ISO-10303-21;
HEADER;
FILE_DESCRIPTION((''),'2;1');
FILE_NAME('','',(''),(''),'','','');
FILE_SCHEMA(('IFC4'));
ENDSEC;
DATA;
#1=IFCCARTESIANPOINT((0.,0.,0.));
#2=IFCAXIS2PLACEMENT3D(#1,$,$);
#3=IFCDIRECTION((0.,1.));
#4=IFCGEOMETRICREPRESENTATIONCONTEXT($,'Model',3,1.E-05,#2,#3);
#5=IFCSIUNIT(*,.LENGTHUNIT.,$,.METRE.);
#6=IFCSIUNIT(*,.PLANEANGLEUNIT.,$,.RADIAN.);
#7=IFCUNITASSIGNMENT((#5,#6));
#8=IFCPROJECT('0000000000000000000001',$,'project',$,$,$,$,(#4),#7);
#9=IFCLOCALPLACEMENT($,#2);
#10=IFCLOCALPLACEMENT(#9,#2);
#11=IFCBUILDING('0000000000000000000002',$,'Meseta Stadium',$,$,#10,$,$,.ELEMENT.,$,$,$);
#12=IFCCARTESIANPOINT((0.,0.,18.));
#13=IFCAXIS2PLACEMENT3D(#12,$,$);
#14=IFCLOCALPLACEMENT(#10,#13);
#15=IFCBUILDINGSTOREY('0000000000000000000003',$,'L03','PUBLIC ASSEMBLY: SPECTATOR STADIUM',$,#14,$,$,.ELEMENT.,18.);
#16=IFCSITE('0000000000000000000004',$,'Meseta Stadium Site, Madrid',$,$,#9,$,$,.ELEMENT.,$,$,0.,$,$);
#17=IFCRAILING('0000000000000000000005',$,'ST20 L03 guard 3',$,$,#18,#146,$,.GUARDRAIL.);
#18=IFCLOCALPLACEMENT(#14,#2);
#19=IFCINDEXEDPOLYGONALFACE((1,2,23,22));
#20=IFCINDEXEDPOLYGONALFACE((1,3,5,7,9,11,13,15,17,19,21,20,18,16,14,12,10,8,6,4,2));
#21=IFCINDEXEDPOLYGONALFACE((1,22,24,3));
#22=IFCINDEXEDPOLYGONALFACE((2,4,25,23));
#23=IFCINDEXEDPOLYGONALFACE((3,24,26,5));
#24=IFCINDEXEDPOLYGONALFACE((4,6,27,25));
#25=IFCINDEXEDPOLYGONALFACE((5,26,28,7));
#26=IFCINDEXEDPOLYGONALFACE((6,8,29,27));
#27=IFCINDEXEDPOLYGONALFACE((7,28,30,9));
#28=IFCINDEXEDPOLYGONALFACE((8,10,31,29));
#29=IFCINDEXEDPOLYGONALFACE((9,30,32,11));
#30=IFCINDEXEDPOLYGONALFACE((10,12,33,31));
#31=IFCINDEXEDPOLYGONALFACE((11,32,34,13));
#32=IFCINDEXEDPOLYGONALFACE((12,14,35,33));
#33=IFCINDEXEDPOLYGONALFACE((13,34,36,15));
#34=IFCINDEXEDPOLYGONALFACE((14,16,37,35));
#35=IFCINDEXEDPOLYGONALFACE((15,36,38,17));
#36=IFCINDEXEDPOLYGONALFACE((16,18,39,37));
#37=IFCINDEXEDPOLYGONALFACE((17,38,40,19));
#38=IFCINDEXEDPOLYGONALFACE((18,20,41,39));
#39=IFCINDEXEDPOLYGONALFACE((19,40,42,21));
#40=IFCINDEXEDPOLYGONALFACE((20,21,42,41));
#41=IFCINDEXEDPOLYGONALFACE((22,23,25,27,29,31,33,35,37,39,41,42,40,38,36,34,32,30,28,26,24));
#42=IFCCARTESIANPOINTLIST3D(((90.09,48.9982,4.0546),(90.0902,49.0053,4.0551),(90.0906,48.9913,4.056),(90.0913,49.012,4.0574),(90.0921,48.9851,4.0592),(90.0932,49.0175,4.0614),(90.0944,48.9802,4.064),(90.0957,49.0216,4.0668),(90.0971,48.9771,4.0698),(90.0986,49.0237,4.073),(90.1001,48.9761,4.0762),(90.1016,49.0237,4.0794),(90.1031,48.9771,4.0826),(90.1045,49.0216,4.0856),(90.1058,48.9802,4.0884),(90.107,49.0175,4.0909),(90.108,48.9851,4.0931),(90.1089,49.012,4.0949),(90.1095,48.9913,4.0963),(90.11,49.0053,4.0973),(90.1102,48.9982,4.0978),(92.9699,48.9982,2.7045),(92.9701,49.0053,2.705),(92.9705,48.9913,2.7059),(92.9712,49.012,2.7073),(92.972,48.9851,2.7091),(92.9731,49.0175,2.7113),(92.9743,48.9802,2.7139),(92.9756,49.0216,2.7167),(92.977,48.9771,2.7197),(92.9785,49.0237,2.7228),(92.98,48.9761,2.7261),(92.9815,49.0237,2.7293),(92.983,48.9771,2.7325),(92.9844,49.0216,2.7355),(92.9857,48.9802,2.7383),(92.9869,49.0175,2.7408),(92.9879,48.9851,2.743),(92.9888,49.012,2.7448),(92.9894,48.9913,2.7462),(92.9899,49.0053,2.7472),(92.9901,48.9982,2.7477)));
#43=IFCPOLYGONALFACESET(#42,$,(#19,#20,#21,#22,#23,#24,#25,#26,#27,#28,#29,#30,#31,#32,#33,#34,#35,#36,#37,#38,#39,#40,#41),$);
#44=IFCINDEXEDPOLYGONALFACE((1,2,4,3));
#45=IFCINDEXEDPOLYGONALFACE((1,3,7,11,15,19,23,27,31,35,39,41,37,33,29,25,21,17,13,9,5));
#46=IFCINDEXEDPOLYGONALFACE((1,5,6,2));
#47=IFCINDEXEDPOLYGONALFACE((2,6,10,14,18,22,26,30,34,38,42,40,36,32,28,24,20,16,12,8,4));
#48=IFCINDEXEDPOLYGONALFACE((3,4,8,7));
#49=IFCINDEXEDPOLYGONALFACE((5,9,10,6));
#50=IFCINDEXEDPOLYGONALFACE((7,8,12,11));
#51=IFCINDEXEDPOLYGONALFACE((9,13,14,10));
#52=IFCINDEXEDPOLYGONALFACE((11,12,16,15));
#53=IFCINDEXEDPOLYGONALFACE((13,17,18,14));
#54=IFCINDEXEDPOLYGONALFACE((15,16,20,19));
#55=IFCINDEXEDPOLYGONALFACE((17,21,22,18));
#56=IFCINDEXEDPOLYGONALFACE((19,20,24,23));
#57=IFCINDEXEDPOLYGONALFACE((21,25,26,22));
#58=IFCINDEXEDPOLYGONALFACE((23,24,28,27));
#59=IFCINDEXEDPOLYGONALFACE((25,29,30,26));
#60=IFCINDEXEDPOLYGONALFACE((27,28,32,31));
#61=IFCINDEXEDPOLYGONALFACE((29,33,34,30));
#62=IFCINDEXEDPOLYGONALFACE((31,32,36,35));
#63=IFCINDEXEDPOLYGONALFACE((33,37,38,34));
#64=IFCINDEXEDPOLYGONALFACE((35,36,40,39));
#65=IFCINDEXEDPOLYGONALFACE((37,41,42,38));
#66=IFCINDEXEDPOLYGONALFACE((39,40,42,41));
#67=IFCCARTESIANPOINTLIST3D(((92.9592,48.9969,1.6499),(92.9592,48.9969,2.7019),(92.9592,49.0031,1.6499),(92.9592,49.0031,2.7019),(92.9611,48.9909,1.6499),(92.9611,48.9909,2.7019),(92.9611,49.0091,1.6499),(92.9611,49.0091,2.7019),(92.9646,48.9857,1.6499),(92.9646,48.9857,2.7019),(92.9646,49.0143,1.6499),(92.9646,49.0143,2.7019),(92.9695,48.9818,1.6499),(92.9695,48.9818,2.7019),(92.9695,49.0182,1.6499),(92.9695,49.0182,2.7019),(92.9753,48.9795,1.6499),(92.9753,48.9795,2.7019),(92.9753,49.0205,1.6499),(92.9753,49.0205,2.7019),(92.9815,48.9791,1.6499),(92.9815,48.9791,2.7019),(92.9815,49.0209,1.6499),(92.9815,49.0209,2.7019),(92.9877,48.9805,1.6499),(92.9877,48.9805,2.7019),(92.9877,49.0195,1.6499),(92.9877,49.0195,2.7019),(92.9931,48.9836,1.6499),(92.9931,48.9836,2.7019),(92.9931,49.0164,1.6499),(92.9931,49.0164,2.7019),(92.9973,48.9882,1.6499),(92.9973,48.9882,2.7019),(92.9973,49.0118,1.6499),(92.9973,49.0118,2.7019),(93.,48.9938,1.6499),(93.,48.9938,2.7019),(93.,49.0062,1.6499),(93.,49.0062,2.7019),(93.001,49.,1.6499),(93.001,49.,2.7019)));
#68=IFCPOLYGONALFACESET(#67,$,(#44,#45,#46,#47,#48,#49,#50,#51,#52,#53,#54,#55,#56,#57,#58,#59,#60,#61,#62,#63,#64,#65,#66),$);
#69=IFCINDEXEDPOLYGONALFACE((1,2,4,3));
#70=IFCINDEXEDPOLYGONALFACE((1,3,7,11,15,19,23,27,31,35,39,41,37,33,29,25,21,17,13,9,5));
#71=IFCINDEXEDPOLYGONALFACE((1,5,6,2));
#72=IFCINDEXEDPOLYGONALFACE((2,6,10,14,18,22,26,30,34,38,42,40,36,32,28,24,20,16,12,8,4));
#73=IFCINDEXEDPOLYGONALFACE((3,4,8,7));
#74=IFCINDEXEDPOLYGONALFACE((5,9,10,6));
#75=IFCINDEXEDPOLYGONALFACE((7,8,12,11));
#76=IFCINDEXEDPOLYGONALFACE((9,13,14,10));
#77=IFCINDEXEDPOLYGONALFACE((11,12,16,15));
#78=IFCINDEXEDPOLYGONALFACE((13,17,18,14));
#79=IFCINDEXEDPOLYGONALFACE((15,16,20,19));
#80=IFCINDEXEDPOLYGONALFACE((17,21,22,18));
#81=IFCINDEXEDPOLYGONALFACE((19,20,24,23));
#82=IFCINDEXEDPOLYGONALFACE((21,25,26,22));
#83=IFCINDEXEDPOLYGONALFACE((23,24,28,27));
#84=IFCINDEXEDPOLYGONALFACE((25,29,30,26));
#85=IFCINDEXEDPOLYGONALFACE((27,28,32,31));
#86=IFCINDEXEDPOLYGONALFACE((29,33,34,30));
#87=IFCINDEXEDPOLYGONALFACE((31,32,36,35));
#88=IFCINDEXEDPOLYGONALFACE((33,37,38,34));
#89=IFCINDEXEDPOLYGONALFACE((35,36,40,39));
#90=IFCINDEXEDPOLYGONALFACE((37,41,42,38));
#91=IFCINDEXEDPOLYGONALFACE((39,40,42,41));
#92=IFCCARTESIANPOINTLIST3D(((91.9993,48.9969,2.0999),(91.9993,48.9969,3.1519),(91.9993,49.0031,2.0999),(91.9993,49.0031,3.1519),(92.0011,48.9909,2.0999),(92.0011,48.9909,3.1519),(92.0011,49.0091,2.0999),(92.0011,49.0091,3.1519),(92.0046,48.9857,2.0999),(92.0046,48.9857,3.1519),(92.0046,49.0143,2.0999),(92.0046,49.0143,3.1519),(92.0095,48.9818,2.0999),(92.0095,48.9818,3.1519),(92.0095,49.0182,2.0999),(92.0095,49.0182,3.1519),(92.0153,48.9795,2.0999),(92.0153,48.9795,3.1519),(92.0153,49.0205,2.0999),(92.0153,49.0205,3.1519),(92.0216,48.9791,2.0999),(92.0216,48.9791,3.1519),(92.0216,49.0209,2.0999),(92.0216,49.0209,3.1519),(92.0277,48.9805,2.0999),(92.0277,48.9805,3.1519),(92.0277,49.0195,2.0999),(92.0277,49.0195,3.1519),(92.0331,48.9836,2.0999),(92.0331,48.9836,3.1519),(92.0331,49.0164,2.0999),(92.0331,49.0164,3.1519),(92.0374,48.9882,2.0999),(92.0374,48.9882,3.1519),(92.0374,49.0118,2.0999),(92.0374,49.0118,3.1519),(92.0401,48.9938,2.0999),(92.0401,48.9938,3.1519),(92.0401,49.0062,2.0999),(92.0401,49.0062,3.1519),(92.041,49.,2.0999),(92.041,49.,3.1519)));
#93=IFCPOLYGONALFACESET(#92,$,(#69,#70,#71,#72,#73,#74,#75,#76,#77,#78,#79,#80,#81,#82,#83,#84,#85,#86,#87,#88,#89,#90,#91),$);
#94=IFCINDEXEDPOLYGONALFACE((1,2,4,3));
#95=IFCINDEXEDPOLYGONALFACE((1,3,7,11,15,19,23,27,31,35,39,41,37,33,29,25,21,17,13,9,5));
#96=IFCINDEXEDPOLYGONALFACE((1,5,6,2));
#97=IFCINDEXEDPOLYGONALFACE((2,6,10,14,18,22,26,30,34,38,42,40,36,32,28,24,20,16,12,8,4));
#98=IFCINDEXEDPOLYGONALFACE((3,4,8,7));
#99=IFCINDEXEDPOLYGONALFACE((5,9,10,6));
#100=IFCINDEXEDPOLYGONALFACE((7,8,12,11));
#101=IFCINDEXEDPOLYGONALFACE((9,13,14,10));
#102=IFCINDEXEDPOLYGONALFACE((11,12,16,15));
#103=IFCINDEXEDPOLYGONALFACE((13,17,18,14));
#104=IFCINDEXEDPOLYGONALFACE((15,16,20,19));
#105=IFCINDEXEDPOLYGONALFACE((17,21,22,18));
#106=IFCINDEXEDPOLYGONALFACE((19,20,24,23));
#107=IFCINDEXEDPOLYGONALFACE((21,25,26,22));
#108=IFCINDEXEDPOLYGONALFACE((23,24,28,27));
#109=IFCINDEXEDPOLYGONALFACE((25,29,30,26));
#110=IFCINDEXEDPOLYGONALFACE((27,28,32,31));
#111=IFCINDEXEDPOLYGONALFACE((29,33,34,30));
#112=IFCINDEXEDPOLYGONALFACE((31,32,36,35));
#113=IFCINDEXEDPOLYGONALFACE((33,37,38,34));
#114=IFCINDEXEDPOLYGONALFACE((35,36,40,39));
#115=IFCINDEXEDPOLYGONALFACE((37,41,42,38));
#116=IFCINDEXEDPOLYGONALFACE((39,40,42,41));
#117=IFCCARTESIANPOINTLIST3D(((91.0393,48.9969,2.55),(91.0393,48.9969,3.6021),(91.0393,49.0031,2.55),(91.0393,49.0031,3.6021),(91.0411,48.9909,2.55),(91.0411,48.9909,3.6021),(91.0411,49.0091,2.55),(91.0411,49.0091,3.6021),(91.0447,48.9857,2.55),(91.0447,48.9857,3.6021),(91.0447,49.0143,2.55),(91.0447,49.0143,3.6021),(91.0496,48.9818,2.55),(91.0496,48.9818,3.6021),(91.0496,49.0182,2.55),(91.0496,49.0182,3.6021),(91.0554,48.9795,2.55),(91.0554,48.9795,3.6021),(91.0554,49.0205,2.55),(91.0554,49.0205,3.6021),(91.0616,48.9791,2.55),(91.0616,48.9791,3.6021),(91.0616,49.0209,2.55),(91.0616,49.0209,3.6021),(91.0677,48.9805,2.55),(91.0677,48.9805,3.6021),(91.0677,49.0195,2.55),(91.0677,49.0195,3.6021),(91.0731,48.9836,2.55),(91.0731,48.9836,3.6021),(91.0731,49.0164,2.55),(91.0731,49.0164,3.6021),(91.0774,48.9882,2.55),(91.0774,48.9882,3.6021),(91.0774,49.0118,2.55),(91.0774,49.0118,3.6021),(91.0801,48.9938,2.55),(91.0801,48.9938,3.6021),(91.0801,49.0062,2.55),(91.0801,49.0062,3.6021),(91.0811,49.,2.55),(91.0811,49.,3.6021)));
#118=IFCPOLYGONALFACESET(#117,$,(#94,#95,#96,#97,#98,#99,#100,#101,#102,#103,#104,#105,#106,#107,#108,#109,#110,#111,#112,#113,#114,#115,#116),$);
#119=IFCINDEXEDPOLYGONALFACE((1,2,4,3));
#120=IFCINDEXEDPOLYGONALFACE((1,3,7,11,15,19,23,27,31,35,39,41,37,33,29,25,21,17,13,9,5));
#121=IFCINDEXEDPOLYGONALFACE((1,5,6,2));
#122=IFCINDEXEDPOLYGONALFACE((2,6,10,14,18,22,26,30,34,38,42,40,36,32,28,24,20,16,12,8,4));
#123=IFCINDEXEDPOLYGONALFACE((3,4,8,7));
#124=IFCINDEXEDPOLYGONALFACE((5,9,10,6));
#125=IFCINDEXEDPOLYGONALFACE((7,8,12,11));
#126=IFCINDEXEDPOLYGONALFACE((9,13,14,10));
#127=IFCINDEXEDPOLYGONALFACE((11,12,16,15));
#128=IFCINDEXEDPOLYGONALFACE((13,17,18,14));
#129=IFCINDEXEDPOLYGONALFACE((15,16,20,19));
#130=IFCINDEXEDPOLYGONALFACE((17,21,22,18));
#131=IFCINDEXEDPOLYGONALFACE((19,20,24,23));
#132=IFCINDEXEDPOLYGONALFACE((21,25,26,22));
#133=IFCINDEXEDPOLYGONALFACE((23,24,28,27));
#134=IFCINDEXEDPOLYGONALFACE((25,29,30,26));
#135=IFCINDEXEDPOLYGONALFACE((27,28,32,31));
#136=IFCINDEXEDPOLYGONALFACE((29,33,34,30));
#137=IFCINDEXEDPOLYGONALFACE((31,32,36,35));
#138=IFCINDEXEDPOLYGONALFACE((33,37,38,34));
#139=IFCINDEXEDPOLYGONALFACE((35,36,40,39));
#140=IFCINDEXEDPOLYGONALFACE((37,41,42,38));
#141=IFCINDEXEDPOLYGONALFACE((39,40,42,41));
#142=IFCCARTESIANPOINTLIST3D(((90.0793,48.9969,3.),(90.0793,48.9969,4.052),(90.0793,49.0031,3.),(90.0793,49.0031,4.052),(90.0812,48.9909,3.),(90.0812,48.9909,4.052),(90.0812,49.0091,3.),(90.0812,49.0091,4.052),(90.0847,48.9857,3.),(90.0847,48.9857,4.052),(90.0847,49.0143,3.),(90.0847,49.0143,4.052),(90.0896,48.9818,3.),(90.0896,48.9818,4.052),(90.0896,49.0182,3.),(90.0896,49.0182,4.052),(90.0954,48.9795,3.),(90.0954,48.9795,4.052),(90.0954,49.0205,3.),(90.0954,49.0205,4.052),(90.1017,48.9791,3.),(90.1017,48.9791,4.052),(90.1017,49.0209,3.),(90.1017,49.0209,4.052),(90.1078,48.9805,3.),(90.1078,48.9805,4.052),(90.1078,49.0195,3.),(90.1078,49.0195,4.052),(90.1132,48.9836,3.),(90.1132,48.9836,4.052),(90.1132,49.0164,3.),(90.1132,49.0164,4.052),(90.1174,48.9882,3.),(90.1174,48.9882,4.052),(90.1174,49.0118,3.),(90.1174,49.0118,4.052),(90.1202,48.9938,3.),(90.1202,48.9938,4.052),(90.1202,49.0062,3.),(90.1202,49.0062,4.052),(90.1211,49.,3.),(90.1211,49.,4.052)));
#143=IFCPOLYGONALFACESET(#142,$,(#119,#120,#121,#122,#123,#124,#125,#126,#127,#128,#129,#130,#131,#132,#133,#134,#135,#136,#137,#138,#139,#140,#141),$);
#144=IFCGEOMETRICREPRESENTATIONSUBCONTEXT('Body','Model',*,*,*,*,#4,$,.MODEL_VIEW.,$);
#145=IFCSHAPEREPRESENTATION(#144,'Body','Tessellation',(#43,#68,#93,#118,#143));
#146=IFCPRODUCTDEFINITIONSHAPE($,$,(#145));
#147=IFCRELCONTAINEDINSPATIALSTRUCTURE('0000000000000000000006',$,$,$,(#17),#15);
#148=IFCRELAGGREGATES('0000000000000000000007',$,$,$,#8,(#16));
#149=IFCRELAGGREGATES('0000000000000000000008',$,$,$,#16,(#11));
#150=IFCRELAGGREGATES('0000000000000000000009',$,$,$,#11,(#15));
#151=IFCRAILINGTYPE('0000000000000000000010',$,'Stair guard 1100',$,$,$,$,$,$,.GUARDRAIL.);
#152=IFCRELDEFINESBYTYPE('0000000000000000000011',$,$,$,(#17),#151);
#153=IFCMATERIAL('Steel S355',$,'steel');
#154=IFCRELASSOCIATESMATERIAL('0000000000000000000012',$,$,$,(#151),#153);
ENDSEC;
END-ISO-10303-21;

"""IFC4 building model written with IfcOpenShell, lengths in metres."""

from ifc_helpers import new_model, si_unit, direction, frame, origin, origin_2d, place, context, subcontext, project, spatial, circle, extrude, material, type_object, element, save


model = new_model("IFC4")

# Units and contexts
model_context = context("Model", 3, precision=1e-05, world=origin(), true_north=direction((0.0, 1.0)))
body_context = subcontext(model_context, "Body", "Model", "MODEL_VIEW")
ifc_project = project(units=[si_unit("LENGTHUNIT", "METRE"), si_unit("PLANEANGLEUNIT", "RADIAN")], contexts=[model_context])

# Site, building, storey
site_placement = place(None, origin())
site = spatial("IfcSite", under=ifc_project, at=site_placement, Name="Meseta Stadium Site, Madrid", CompositionType="ELEMENT", RefElevation=0.0)
building_placement = place(site_placement, origin())
building = spatial("IfcBuilding", under=site, at=building_placement, Name="Meseta Stadium", CompositionType="ELEMENT")
storey_placement = place(building_placement, frame((0.0, 0.0, 18.0)))
storey = spatial("IfcBuildingStorey", under=building, at=storey_placement, Name="L03", Description="PUBLIC ASSEMBLY: SPECTATOR STADIUM", CompositionType="ELEMENT", Elevation=18.0)

# Railing
ifc_material_1 = material(Name="Steel S355", Category="steel")
railing_type_1 = type_object("IfcRailingType", Name="Stair guard 1100", PredefinedType="GUARDRAIL", material=ifc_material_1)
railing_1_placement = place(storey_placement, frame((92.98, 49.0, 1.6499)))
element("IfcRailing", 1, at=railing_1_placement, inside=storey, type_object=railing_type_1, Name="ST20 L03 guard 3", PredefinedType="GUARDRAIL", context=body_context, shape_type="SweptSolid", body=[
    extrude(circle(Radius=0.0239, at=origin_2d()), frame((0.0, 0.0, 1.0762), z_axis=(-0.90544, 0.0, 0.424473), x_axis=(0.0, -1.0, 0.0)), (0.0, 0.0, 1.0), 3.1807),
    extrude(circle(Radius=0.021, at=origin_2d()), origin(), (0.0, 0.0, 1.0), 1.052),
    extrude(circle(Radius=0.021, at=origin_2d()), frame((-0.96, 0.0, 0.45)), (0.0, 0.0, 1.0), 1.052),
    extrude(circle(Radius=0.021, at=origin_2d()), frame((-1.9199, 0.0, 0.9001)), (0.0, 0.0, 1.0), 1.052),
    extrude(circle(Radius=0.021, at=origin_2d()), frame((-2.8799, 0.0, 1.3501)), (0.0, 0.0, 1.0), 1.052),
])

save(model, "model.ifc")
